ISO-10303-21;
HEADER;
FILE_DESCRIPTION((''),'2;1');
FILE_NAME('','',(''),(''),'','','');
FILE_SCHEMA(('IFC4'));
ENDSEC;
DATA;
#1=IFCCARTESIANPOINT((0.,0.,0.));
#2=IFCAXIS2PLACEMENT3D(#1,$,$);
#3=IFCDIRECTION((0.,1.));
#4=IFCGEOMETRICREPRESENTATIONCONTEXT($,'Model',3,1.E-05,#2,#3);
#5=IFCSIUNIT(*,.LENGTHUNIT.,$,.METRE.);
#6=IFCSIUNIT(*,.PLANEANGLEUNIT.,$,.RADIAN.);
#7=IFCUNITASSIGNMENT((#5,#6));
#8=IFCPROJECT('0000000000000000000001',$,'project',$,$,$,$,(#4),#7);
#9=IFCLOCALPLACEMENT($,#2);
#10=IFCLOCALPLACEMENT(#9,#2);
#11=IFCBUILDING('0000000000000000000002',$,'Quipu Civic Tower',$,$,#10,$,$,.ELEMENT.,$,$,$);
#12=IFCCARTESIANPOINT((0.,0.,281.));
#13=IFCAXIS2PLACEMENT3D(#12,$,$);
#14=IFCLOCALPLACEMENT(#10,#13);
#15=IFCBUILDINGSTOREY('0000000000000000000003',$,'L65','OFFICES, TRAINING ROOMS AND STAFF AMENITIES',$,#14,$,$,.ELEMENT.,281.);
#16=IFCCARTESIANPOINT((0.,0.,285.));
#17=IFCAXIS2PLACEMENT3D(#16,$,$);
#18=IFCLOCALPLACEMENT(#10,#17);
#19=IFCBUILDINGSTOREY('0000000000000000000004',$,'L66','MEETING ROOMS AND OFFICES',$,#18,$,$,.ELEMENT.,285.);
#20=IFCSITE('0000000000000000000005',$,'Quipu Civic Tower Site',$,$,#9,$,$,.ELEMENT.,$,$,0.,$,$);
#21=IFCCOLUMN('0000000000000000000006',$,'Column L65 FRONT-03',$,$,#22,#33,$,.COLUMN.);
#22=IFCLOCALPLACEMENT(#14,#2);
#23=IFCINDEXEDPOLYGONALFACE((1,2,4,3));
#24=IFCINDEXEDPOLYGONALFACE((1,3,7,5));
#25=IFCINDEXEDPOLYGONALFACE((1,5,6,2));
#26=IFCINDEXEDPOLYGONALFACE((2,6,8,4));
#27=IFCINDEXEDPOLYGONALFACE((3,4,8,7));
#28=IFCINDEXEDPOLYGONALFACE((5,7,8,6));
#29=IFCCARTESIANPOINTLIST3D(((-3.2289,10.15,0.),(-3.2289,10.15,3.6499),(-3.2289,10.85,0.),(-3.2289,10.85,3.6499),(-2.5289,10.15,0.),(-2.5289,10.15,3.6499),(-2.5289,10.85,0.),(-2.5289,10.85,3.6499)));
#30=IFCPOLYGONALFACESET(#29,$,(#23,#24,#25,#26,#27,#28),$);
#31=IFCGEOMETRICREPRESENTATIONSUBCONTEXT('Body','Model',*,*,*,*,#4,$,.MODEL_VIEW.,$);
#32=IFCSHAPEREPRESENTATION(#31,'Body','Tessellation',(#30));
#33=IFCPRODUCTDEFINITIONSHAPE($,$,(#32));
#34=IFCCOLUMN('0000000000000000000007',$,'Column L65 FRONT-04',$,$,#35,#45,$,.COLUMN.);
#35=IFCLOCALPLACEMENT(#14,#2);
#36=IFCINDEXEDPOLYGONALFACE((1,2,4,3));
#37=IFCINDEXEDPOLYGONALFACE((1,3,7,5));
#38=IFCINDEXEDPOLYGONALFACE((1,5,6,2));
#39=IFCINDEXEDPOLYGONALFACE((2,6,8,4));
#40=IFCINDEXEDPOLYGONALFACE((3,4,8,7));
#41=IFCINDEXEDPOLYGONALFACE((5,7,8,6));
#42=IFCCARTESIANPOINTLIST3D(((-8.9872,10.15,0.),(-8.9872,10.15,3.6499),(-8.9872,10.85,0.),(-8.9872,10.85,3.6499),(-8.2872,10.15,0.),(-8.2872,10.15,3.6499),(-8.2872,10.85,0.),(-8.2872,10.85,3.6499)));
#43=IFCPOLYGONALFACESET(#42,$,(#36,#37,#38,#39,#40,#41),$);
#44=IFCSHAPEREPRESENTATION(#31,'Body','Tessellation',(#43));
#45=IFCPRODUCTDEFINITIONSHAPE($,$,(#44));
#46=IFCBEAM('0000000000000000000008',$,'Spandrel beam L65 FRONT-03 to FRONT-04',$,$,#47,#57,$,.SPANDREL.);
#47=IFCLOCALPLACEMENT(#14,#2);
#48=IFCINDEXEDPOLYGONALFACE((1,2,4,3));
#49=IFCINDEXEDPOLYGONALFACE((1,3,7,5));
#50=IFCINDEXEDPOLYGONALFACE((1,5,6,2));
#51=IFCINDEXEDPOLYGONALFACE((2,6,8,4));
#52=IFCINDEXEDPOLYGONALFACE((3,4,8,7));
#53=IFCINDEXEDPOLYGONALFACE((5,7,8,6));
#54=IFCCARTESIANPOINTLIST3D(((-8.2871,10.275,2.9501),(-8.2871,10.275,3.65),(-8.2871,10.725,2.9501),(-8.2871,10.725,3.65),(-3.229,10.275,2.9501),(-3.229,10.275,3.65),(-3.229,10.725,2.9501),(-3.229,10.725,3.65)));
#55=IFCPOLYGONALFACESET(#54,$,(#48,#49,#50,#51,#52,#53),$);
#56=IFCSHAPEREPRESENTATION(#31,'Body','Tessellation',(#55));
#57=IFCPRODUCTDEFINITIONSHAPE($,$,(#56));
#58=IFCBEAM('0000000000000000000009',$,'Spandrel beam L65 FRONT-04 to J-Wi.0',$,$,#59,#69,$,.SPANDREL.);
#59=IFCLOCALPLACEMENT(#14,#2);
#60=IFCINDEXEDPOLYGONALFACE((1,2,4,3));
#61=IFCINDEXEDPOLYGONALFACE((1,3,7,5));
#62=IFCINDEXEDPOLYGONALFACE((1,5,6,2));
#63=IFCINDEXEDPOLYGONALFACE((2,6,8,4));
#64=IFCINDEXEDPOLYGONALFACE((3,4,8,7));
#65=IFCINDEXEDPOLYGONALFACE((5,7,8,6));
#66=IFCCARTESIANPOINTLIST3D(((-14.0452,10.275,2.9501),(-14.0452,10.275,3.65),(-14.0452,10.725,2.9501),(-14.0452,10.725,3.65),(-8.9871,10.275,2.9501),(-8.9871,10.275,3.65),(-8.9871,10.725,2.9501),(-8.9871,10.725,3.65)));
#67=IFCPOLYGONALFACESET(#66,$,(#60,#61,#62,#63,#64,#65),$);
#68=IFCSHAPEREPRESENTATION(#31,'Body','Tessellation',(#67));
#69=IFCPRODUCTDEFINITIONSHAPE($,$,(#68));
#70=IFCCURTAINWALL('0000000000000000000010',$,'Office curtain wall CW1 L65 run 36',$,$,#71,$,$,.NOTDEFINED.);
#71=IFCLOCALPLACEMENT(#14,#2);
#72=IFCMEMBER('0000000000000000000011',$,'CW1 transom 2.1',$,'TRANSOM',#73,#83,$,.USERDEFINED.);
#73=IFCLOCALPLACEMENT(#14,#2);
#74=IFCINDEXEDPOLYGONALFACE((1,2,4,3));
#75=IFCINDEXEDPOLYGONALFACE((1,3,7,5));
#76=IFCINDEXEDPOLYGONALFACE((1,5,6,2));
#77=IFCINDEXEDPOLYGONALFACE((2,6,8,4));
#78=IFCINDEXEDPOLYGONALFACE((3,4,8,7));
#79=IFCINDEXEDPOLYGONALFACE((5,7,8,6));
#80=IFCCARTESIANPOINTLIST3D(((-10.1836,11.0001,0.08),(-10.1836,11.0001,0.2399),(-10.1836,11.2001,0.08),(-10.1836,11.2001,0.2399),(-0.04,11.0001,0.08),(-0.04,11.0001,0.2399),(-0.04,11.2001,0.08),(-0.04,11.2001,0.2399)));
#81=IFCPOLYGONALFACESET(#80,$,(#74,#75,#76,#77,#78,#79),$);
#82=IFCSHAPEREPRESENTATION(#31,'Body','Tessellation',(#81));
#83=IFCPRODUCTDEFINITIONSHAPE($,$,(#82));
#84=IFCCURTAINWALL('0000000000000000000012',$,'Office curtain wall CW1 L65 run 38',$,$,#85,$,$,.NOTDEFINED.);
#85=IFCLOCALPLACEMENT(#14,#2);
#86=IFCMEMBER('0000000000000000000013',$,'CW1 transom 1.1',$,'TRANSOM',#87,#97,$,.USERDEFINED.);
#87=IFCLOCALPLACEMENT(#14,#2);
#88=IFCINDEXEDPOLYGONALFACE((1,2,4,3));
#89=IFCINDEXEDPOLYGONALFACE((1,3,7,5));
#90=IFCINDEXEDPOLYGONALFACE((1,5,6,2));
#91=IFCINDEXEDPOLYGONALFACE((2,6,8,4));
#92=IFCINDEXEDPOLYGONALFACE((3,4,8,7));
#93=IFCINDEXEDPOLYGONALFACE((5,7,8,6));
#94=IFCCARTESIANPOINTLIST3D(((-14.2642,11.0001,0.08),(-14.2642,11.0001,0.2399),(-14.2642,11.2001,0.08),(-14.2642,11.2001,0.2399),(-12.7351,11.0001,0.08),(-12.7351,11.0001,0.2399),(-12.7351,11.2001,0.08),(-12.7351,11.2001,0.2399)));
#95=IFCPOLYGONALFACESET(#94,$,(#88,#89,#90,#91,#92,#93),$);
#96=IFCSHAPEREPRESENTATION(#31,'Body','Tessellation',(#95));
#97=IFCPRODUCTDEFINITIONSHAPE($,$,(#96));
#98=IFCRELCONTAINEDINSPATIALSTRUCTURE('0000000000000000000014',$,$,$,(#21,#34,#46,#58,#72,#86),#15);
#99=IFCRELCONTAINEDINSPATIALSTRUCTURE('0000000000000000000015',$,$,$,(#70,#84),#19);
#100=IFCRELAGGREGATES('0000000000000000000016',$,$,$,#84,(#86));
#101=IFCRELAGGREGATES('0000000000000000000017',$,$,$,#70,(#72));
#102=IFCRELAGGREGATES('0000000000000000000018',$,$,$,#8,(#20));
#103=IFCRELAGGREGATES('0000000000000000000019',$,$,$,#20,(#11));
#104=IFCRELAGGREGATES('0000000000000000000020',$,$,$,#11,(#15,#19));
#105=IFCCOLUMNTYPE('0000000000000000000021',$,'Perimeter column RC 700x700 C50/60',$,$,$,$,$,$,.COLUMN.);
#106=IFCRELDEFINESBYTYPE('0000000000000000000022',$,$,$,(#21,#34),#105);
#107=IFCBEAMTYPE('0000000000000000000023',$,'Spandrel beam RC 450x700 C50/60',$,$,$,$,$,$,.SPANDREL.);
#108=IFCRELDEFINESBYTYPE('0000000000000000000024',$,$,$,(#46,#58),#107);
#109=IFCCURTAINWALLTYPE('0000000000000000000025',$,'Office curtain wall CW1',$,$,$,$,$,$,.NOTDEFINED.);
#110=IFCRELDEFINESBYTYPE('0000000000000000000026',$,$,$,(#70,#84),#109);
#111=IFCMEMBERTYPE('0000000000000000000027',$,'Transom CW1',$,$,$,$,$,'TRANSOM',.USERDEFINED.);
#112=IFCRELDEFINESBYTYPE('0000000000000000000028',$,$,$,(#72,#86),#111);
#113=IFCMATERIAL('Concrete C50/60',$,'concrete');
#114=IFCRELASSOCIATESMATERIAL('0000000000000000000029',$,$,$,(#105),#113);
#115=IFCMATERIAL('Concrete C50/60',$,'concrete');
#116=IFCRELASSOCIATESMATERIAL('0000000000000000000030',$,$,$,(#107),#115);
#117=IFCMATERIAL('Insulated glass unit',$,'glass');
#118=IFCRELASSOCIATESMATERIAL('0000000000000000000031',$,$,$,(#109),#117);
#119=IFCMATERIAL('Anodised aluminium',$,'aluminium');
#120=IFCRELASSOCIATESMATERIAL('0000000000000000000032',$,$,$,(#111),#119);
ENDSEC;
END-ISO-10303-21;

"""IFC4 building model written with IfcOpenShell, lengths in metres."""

from ifc_helpers import new_model, si_unit, direction, frame, origin, origin_2d, place, context, subcontext, project, spatial, rectangle, extrude, material, material_profile, profile_set, type_object, element, aggregate, save


model = new_model("IFC4")

# Units and contexts
model_context = context("Model", 3, precision=1e-05, world=origin(), true_north=direction((0.0, 1.0)))
body_context = subcontext(model_context, "Body", "Model", "MODEL_VIEW")
ifc_project = project(units=[si_unit("LENGTHUNIT", "METRE"), si_unit("PLANEANGLEUNIT", "RADIAN")], contexts=[model_context])

# Site, building, storey
site_placement = place(None, origin())
site = spatial("IfcSite", under=ifc_project, at=site_placement, Name="Quipu Civic Tower Site", CompositionType="ELEMENT", RefElevation=0.0)
building_placement = place(site_placement, origin())
building = spatial("IfcBuilding", under=site, at=building_placement, Name="Quipu Civic Tower", CompositionType="ELEMENT")
storey_1_placement = place(building_placement, frame((0.0, 0.0, 281.0)))
storey_1 = spatial("IfcBuildingStorey", under=building, at=storey_1_placement, Name="L65", Description="OFFICES, TRAINING ROOMS AND STAFF AMENITIES", CompositionType="ELEMENT", Elevation=281.0)

# Columns
ifc_material_1 = material(Name="Concrete C50/60", Category="concrete")
ifc_material_profile_1 = material_profile(ifc_material_1, rectangle(XDim=0.7, YDim=0.7, at=origin_2d()), Name="RC700x700")
ifc_profile_set_1 = profile_set([ifc_material_profile_1], Name="Concrete C50/60")
column_type = type_object("IfcColumnType", Name="Perimeter column RC 700x700 C50/60", PredefinedType="COLUMN", material=ifc_profile_set_1)
for number, where, z_axis, x_axis, name in (
    (1, (-2.8789, 10.5, 0.0), (0.0, 0.0, 1.0), (-1.0, 0.0, 0.0), "Column L65 FRONT-03"),
    (2, (-8.6372, 10.5, 0.0), (0.0, 0.0, 1.0), (-1.0, 0.0, 0.0), "Column L65 FRONT-04"),
):
    element("IfcColumn", number, at=place(storey_1_placement, frame(where, z_axis=z_axis, x_axis=x_axis)), inside=storey_1, type_object=column_type, Name=name, PredefinedType="COLUMN", context=body_context, shape_type="SweptSolid", body=[
        extrude(rectangle(XDim=0.7, YDim=0.7, at=origin_2d()), origin(), (0.0, 0.0, 1.0), 3.6499),
    ])

# Beams
ifc_material_2 = material(Name="Concrete C50/60", Category="concrete")
ifc_material_profile_2 = material_profile(ifc_material_2, rectangle(XDim=0.45, YDim=0.7, at=origin_2d()), Name="RC450x700")
ifc_profile_set_2 = profile_set([ifc_material_profile_2], Name="Concrete C50/60")
beam_type = type_object("IfcBeamType", Name="Spandrel beam RC 450x700 C50/60", PredefinedType="SPANDREL", material=ifc_profile_set_2)
for number, where, z_axis, x_axis, name in (
    (3, (-3.229, 10.5, 3.3), (-1.0, 0.0, 0.0), (0.0, -1.0, 0.0), "Spandrel beam L65 FRONT-03 to FRONT-04"),
    (4, (-8.9871, 10.5, 3.3), (-1.0, 0.0, 0.0), (0.0, -1.0, 0.0), "Spandrel beam L65 FRONT-04 to J-Wi.0"),
):
    element("IfcBeam", number, at=place(storey_1_placement, frame(where, z_axis=z_axis, x_axis=x_axis)), inside=storey_1, type_object=beam_type, Name=name, PredefinedType="SPANDREL", context=body_context, shape_type="SweptSolid", body=[
        extrude(rectangle(XDim=0.45, YDim=0.7, at=origin_2d()), origin(), (0.0, 0.0, 1.0), 5.0581),
    ])

# Shared definitions
storey_2_placement = place(building_placement, frame((0.0, 0.0, 285.0)))
storey_2 = spatial("IfcBuildingStorey", under=building, at=storey_2_placement, Name="L66", Description="MEETING ROOMS AND OFFICES", CompositionType="ELEMENT", Elevation=285.0)

# Curtain walls, members
ifc_material_3 = material(Name="Insulated glass unit", Category="glass")
curtain_wall_type = type_object("IfcCurtainWallType", Name="Office curtain wall CW1", PredefinedType="NOTDEFINED", material=ifc_material_3)
curtain_wall_1_placement = place(storey_2_placement, origin())
curtain_wall_1 = element("IfcCurtainWall", 5, at=curtain_wall_1_placement, inside=storey_2, type_object=curtain_wall_type, Name="Office curtain wall CW1 L65 run 36", PredefinedType="NOTDEFINED")
ifc_material_4 = material(Name="Anodised aluminium", Category="aluminium")
ifc_material_profile_3 = material_profile(ifc_material_4, rectangle(XDim=0.2, YDim=0.1599, at=origin_2d()), Name="RECT 200x160")
ifc_profile_set_3 = profile_set([ifc_material_profile_3], Name="Anodised aluminium")
member_type = type_object("IfcMemberType", Name="Transom CW1", ElementType="TRANSOM", PredefinedType="USERDEFINED", material=ifc_profile_set_3)
member_1_placement = place(storey_1_placement, frame((-0.04, 11.1001, 0.1599), z_axis=(-1.0, 0.0, 0.0), x_axis=(0.0, -1.0, 0.0)))
member_1 = element("IfcMember", 6, at=member_1_placement, inside=storey_1, type_object=member_type, Name="CW1 transom 2.1", ObjectType="TRANSOM", PredefinedType="USERDEFINED", context=body_context, shape_type="SweptSolid", body=[
    extrude(rectangle(XDim=0.2, YDim=0.1599, at=origin_2d()), origin(), (0.0, 0.0, 1.0), 10.1436),
])
curtain_wall_2_placement = place(storey_2_placement, origin())
curtain_wall_2 = element("IfcCurtainWall", 7, at=curtain_wall_2_placement, inside=storey_2, type_object=curtain_wall_type, Name="Office curtain wall CW1 L65 run 38", PredefinedType="NOTDEFINED")
member_2_placement = place(storey_1_placement, frame((-12.7351, 11.1001, 0.1599), z_axis=(-1.0, 0.0, 0.0), x_axis=(0.0, -1.0, 0.0)))
member_2 = element("IfcMember", 8, at=member_2_placement, inside=storey_1, type_object=member_type, Name="CW1 transom 1.1", ObjectType="TRANSOM", PredefinedType="USERDEFINED", context=body_context, shape_type="SweptSolid", body=[
    extrude(rectangle(XDim=0.2, YDim=0.1599, at=origin_2d()), origin(), (0.0, 0.0, 1.0), 1.5291),
])
aggregate(curtain_wall_2, [member_2])

aggregate(curtain_wall_1, [member_1])

save(model, "model.ifc")
